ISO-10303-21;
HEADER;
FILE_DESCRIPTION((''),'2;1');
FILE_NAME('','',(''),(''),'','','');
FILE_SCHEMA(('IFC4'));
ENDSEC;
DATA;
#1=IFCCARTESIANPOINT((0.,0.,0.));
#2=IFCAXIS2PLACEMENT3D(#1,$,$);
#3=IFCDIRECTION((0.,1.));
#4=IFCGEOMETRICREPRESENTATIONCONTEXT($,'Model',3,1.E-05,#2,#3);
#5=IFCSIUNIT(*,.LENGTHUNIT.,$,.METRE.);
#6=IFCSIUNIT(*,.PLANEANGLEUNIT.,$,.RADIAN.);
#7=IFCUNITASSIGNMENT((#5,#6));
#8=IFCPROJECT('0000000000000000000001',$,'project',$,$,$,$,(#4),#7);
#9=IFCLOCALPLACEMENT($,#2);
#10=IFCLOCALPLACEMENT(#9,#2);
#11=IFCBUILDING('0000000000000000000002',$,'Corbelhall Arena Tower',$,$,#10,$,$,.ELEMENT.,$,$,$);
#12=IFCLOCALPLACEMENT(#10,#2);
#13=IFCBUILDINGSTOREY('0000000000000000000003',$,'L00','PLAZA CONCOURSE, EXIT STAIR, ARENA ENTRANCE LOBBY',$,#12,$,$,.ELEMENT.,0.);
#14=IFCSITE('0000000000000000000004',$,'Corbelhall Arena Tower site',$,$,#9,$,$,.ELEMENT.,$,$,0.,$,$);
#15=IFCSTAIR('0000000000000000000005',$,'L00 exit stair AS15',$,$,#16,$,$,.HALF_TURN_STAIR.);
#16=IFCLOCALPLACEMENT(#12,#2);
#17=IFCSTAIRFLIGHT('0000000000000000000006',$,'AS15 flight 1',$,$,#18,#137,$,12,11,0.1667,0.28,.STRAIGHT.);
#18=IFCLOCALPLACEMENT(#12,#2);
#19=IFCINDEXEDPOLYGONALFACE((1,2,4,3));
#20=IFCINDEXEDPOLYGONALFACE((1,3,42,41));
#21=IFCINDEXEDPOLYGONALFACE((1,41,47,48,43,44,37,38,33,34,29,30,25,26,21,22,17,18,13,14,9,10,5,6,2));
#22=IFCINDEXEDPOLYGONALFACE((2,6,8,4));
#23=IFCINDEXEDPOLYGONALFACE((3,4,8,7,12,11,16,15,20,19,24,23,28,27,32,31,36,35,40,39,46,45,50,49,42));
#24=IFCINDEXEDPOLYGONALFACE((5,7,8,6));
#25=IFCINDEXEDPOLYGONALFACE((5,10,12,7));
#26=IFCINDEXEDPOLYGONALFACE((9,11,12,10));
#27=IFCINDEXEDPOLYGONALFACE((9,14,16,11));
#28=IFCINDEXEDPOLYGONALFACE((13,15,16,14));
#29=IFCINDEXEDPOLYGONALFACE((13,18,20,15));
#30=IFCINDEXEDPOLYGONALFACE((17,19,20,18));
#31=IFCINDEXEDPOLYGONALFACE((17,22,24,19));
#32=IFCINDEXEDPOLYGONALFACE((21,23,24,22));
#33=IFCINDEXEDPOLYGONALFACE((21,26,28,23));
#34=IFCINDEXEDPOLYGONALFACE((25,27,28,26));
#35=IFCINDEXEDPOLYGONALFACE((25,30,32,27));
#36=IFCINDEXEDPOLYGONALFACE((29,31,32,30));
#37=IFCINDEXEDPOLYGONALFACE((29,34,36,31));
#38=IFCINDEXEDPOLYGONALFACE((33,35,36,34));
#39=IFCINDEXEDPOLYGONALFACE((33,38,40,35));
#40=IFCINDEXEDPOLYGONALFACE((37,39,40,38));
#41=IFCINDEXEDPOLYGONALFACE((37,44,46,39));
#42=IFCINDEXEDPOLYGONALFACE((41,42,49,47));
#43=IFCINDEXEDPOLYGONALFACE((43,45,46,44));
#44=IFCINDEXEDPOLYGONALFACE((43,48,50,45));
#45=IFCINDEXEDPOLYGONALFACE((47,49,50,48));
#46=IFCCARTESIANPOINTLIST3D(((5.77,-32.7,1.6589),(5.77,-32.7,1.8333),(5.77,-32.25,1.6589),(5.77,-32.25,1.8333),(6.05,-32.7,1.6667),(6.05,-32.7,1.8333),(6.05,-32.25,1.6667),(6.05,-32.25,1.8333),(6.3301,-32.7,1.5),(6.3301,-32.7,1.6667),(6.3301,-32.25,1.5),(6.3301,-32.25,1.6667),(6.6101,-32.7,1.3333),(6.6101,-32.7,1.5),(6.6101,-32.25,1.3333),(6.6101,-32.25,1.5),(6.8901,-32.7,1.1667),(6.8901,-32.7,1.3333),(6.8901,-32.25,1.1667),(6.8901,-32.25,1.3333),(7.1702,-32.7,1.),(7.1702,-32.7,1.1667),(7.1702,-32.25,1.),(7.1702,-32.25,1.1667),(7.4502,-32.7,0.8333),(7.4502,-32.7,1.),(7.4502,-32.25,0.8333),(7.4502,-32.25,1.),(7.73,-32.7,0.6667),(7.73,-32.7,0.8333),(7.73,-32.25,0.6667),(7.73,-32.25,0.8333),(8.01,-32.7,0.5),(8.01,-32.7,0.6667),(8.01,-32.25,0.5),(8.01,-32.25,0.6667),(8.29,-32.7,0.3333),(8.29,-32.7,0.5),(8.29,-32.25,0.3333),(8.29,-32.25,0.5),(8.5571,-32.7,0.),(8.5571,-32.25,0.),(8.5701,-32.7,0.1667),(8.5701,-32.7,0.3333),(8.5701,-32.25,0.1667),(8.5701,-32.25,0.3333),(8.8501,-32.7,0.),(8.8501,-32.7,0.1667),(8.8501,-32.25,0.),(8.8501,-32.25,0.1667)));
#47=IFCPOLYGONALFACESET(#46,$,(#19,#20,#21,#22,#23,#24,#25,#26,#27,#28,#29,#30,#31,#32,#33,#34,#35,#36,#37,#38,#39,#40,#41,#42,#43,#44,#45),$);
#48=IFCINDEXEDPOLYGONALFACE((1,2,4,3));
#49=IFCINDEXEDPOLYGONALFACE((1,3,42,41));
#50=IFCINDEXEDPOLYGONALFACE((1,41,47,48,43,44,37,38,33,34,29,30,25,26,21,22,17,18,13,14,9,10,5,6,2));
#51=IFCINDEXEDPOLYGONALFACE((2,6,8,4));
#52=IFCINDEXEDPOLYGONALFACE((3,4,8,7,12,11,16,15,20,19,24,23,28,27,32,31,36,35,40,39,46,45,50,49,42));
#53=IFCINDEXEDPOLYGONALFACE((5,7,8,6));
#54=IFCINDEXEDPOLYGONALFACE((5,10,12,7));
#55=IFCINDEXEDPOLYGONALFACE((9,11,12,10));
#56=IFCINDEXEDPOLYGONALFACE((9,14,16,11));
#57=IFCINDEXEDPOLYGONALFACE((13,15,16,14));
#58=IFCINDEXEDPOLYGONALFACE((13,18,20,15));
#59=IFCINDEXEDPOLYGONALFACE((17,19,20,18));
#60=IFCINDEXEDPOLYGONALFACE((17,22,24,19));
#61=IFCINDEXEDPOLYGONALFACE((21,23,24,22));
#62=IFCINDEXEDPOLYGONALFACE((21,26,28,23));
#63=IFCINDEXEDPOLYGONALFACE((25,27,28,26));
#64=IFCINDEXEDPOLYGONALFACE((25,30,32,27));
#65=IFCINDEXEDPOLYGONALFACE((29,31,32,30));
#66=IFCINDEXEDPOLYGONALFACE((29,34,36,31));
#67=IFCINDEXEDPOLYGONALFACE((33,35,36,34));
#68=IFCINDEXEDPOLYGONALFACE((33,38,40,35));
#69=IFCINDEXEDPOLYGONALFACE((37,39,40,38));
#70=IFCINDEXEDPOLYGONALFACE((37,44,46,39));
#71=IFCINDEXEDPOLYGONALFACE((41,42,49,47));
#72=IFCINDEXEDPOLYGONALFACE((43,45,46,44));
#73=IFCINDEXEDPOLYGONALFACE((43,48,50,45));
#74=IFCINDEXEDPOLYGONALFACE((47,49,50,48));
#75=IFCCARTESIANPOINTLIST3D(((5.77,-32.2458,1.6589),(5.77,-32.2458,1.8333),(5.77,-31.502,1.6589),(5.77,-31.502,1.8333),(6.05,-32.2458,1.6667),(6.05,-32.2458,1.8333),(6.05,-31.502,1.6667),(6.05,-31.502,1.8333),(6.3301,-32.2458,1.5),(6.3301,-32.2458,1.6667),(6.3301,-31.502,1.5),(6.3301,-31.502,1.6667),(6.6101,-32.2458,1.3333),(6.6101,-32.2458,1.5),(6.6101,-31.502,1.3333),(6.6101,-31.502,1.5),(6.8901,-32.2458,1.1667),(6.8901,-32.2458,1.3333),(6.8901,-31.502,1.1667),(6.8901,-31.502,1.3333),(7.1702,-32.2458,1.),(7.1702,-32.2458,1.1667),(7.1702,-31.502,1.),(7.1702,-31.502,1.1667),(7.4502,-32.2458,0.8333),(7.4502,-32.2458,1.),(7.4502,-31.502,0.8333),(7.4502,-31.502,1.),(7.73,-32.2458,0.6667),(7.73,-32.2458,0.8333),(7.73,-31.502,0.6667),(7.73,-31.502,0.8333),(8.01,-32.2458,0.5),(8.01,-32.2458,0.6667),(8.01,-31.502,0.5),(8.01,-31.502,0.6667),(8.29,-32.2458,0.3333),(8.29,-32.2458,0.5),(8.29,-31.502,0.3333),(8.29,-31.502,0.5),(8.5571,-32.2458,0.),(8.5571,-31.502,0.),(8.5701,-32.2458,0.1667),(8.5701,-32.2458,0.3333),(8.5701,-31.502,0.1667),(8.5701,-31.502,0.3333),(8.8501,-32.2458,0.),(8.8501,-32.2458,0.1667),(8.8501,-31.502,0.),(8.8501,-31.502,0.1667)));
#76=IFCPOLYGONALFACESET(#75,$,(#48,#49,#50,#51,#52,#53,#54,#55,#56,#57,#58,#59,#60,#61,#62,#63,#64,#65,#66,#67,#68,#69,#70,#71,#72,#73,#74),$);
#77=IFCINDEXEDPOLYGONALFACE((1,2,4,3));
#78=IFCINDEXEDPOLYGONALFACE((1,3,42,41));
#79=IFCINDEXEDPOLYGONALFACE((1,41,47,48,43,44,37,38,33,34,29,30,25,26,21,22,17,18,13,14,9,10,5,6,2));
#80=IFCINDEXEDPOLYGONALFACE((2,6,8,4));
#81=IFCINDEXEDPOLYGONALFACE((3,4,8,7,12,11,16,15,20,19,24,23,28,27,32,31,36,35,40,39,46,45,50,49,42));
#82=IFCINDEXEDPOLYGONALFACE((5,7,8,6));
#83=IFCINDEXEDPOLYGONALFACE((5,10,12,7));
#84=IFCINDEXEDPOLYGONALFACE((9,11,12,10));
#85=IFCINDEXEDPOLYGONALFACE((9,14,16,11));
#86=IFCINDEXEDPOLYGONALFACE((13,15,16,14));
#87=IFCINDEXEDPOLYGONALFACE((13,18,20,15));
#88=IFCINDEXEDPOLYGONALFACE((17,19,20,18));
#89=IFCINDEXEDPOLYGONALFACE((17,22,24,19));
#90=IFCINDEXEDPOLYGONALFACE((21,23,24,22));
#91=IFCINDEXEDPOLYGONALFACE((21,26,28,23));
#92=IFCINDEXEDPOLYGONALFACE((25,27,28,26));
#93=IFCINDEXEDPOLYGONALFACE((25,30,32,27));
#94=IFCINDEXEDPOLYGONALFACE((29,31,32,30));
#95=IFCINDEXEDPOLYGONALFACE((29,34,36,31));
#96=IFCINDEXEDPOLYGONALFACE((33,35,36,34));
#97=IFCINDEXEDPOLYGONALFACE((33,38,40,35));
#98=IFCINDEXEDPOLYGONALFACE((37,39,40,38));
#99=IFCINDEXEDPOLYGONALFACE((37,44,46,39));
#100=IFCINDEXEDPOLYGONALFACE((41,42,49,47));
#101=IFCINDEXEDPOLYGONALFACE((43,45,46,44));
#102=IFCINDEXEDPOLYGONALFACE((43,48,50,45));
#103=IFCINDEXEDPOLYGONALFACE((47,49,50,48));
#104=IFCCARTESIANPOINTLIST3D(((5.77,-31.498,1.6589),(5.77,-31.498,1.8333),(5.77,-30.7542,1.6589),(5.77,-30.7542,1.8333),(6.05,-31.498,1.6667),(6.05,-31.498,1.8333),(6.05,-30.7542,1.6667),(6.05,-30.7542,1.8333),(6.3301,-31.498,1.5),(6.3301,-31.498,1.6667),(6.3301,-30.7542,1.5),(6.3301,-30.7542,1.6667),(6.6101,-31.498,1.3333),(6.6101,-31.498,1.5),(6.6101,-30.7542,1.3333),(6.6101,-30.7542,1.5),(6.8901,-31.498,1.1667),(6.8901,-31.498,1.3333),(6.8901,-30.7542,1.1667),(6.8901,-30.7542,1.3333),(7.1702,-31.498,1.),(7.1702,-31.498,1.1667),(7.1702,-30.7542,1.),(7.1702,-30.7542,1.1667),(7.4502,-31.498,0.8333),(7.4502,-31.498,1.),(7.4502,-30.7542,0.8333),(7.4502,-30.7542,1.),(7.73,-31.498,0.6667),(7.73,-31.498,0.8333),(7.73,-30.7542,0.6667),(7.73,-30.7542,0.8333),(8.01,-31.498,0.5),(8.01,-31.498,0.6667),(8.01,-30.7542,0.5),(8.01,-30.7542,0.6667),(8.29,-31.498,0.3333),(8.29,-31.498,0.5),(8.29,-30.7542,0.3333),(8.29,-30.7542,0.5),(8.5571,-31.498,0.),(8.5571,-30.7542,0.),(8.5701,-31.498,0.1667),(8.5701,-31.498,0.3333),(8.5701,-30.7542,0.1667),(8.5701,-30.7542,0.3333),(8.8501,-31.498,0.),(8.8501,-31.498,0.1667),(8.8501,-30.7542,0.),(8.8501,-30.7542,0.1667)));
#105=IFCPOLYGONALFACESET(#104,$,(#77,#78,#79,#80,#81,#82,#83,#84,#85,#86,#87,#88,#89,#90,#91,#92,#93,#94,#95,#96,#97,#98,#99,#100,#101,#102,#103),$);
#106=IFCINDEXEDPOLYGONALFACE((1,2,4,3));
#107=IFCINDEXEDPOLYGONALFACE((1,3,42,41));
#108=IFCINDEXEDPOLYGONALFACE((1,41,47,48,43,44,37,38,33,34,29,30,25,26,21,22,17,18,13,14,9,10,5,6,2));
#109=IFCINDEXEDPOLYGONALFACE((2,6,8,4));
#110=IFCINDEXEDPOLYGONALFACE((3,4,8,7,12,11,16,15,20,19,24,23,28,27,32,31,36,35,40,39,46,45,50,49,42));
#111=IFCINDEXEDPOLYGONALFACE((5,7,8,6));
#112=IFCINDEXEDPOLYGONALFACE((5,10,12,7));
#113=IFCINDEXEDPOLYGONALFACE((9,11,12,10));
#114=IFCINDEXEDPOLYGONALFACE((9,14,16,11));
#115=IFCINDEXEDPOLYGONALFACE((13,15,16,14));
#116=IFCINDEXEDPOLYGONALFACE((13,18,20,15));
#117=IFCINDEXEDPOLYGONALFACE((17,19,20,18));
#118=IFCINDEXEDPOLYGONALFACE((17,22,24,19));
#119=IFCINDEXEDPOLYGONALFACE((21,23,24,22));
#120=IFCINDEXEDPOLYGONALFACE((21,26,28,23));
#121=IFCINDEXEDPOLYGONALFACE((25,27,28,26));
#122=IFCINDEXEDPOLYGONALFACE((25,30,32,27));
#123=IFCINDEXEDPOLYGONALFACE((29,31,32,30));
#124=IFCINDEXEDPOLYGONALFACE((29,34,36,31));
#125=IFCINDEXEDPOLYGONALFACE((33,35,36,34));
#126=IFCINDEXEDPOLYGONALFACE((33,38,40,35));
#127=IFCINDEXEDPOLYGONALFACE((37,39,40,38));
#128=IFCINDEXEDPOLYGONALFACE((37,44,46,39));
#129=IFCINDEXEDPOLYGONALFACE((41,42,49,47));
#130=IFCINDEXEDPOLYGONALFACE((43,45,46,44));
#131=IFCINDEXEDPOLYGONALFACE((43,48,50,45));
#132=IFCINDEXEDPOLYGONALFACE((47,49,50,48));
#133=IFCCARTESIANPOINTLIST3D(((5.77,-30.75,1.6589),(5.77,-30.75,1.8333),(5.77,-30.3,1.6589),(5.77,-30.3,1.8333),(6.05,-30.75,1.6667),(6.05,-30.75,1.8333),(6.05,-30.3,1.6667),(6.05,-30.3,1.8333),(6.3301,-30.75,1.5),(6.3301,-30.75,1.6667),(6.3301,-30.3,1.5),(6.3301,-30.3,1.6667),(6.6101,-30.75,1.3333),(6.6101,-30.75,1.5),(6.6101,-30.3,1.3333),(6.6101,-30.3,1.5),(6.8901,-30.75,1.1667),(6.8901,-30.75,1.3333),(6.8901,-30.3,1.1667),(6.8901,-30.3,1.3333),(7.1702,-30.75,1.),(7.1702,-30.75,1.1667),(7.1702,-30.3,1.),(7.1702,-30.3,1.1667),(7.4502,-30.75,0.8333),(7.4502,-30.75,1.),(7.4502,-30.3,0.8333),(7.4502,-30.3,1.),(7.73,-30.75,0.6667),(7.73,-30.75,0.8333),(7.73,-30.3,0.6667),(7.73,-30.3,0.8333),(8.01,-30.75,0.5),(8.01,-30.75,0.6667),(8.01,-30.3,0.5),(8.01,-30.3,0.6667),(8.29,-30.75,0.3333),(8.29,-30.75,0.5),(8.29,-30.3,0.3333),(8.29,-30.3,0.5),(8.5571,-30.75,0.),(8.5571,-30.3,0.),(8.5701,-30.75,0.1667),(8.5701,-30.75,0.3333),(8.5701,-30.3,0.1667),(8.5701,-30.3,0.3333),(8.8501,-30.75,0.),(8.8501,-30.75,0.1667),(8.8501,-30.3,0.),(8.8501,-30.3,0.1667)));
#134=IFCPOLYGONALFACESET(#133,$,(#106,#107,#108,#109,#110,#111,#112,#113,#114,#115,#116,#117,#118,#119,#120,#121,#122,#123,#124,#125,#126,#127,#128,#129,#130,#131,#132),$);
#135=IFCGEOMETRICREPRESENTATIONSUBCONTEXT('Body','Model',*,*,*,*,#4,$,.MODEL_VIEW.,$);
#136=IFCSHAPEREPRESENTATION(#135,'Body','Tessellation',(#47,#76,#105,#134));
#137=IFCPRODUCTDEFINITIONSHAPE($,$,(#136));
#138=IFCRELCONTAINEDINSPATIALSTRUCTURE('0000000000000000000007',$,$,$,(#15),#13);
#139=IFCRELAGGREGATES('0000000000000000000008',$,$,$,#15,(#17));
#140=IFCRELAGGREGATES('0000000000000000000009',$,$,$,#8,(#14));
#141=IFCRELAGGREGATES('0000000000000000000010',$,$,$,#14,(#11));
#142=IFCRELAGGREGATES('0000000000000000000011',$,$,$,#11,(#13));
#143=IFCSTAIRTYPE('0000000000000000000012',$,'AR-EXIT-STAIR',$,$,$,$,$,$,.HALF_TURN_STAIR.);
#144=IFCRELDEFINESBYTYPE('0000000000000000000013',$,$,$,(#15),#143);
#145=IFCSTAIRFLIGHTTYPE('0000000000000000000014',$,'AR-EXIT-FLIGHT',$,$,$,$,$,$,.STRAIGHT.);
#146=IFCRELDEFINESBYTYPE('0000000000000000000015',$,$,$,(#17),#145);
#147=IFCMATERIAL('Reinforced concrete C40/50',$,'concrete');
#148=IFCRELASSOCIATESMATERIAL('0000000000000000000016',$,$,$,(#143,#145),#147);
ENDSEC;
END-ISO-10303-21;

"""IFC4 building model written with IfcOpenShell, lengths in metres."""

from ifc_helpers import new_model, si_unit, direction, frame, origin, place, context, subcontext, project, spatial, polyline, outline, extrude, material, type_object, element, aggregate, save


model = new_model("IFC4")

# Units and contexts
model_context = context("Model", 3, precision=1e-05, world=origin(), true_north=direction((0.0, 1.0)))
body_context = subcontext(model_context, "Body", "Model", "MODEL_VIEW")
ifc_project = project(units=[si_unit("LENGTHUNIT", "METRE"), si_unit("PLANEANGLEUNIT", "RADIAN")], contexts=[model_context])

# Site, building, storey
site_placement = place(None, origin())
site = spatial("IfcSite", under=ifc_project, at=site_placement, Name="Corbelhall Arena Tower site", CompositionType="ELEMENT", RefElevation=0.0)
building_placement = place(site_placement, origin())
building = spatial("IfcBuilding", under=site, at=building_placement, Name="Corbelhall Arena Tower", CompositionType="ELEMENT")
storey_placement = place(building_placement, origin())
storey = spatial("IfcBuildingStorey", under=building, at=storey_placement, Name="L00", Description="PLAZA CONCOURSE, EXIT STAIR, ARENA ENTRANCE LOBBY", CompositionType="ELEMENT", Elevation=0.0)

# Shared definitions
ifc_material_1 = material(Name="Reinforced concrete C40/50", Category="concrete")

# Stair, stair flight
stair_type = type_object("IfcStairType", Name="AR-EXIT-STAIR", PredefinedType="HALF_TURN_STAIR", material=ifc_material_1)
stair_placement = place(storey_placement, origin())
stair = element("IfcStair", 1, at=stair_placement, inside=storey, type_object=stair_type, Name="L00 exit stair AS15", PredefinedType="HALF_TURN_STAIR")
stair_flight_type = type_object("IfcStairFlightType", Name="AR-EXIT-FLIGHT", PredefinedType="STRAIGHT", material=ifc_material_1)
stair_flight_1_placement = place(storey_placement, frame((8.8501, -31.5, 0.0), z_axis=(0.0, 0.0, 1.0), x_axis=(-1.0, 0.0, 0.0)))
stair_flight_1 = element("IfcStairFlight", 2, at=stair_flight_1_placement, type_object=stair_flight_type, Name="AS15 flight 1", NumberOfRisers=12, NumberOfTreads=11, PredefinedType="STRAIGHT", RiserHeight=0.1667, TreadLength=0.28, context=body_context, shape_type="SweptSolid", body=[
    extrude(outline(polyline([(0.0, 0.0), (0.0, 0.1667), (0.28, 0.1667), (0.28, 0.3333), (0.5601, 0.3333), (0.5601, 0.5), (0.8401, 0.5), (0.8401, 0.6667), (1.1201, 0.6667), (1.1201, 0.8333), (1.3999, 0.8333), (1.3999, 1.0), (1.6799, 1.0), (1.6799, 1.1667), (1.96, 1.1667), (1.96, 1.3333), (2.24, 1.3333), (2.24, 1.5), (2.52, 1.5), (2.52, 1.6667), (2.8, 1.6667), (2.8, 1.8333), (3.0801, 1.8333), (3.0801, 2.0), (3.0801, 1.6589), (0.293, 0.0), (0.0, 0.0)])), frame((0.0, 1.2, 0.0), z_axis=(0.0, -1.0, 0.0), x_axis=(1.0, 0.0, 0.0)), (0.0, 0.0, 1.0), 0.45),
    extrude(outline(polyline([(0.0, 0.0), (0.0, 0.1667), (0.28, 0.1667), (0.28, 0.3333), (0.5601, 0.3333), (0.5601, 0.5), (0.8401, 0.5), (0.8401, 0.6667), (1.1201, 0.6667), (1.1201, 0.8333), (1.3999, 0.8333), (1.3999, 1.0), (1.6799, 1.0), (1.6799, 1.1667), (1.96, 1.1667), (1.96, 1.3333), (2.24, 1.3333), (2.24, 1.5), (2.52, 1.5), (2.52, 1.6667), (2.8, 1.6667), (2.8, 1.8333), (3.0801, 1.8333), (3.0801, 2.0), (3.0801, 1.6589), (0.293, 0.0), (0.0, 0.0)])), frame((0.0, 0.7458, 0.0), z_axis=(0.0, -1.0, 0.0), x_axis=(1.0, 0.0, 0.0)), (0.0, 0.0, 1.0), 0.7439),
    extrude(outline(polyline([(0.0, 0.0), (0.0, 0.1667), (0.28, 0.1667), (0.28, 0.3333), (0.5601, 0.3333), (0.5601, 0.5), (0.8401, 0.5), (0.8401, 0.6667), (1.1201, 0.6667), (1.1201, 0.8333), (1.3999, 0.8333), (1.3999, 1.0), (1.6799, 1.0), (1.6799, 1.1667), (1.96, 1.1667), (1.96, 1.3333), (2.24, 1.3333), (2.24, 1.5), (2.52, 1.5), (2.52, 1.6667), (2.8, 1.6667), (2.8, 1.8333), (3.0801, 1.8333), (3.0801, 2.0), (3.0801, 1.6589), (0.293, 0.0), (0.0, 0.0)])), frame((0.0, -0.002, 0.0), z_axis=(0.0, -1.0, 0.0), x_axis=(1.0, 0.0, 0.0)), (0.0, 0.0, 1.0), 0.7439),
    extrude(outline(polyline([(0.0, 0.0), (0.0, 0.1667), (0.28, 0.1667), (0.28, 0.3333), (0.5601, 0.3333), (0.5601, 0.5), (0.8401, 0.5), (0.8401, 0.6667), (1.1201, 0.6667), (1.1201, 0.8333), (1.3999, 0.8333), (1.3999, 1.0), (1.6799, 1.0), (1.6799, 1.1667), (1.96, 1.1667), (1.96, 1.3333), (2.24, 1.3333), (2.24, 1.5), (2.52, 1.5), (2.52, 1.6667), (2.8, 1.6667), (2.8, 1.8333), (3.0801, 1.8333), (3.0801, 2.0), (3.0801, 1.6589), (0.293, 0.0), (0.0, 0.0)])), frame((0.0, -0.75, 0.0), z_axis=(0.0, -1.0, 0.0), x_axis=(1.0, 0.0, 0.0)), (0.0, 0.0, 1.0), 0.45),
])
aggregate(stair, [stair_flight_1])

save(model, "model.ifc")
